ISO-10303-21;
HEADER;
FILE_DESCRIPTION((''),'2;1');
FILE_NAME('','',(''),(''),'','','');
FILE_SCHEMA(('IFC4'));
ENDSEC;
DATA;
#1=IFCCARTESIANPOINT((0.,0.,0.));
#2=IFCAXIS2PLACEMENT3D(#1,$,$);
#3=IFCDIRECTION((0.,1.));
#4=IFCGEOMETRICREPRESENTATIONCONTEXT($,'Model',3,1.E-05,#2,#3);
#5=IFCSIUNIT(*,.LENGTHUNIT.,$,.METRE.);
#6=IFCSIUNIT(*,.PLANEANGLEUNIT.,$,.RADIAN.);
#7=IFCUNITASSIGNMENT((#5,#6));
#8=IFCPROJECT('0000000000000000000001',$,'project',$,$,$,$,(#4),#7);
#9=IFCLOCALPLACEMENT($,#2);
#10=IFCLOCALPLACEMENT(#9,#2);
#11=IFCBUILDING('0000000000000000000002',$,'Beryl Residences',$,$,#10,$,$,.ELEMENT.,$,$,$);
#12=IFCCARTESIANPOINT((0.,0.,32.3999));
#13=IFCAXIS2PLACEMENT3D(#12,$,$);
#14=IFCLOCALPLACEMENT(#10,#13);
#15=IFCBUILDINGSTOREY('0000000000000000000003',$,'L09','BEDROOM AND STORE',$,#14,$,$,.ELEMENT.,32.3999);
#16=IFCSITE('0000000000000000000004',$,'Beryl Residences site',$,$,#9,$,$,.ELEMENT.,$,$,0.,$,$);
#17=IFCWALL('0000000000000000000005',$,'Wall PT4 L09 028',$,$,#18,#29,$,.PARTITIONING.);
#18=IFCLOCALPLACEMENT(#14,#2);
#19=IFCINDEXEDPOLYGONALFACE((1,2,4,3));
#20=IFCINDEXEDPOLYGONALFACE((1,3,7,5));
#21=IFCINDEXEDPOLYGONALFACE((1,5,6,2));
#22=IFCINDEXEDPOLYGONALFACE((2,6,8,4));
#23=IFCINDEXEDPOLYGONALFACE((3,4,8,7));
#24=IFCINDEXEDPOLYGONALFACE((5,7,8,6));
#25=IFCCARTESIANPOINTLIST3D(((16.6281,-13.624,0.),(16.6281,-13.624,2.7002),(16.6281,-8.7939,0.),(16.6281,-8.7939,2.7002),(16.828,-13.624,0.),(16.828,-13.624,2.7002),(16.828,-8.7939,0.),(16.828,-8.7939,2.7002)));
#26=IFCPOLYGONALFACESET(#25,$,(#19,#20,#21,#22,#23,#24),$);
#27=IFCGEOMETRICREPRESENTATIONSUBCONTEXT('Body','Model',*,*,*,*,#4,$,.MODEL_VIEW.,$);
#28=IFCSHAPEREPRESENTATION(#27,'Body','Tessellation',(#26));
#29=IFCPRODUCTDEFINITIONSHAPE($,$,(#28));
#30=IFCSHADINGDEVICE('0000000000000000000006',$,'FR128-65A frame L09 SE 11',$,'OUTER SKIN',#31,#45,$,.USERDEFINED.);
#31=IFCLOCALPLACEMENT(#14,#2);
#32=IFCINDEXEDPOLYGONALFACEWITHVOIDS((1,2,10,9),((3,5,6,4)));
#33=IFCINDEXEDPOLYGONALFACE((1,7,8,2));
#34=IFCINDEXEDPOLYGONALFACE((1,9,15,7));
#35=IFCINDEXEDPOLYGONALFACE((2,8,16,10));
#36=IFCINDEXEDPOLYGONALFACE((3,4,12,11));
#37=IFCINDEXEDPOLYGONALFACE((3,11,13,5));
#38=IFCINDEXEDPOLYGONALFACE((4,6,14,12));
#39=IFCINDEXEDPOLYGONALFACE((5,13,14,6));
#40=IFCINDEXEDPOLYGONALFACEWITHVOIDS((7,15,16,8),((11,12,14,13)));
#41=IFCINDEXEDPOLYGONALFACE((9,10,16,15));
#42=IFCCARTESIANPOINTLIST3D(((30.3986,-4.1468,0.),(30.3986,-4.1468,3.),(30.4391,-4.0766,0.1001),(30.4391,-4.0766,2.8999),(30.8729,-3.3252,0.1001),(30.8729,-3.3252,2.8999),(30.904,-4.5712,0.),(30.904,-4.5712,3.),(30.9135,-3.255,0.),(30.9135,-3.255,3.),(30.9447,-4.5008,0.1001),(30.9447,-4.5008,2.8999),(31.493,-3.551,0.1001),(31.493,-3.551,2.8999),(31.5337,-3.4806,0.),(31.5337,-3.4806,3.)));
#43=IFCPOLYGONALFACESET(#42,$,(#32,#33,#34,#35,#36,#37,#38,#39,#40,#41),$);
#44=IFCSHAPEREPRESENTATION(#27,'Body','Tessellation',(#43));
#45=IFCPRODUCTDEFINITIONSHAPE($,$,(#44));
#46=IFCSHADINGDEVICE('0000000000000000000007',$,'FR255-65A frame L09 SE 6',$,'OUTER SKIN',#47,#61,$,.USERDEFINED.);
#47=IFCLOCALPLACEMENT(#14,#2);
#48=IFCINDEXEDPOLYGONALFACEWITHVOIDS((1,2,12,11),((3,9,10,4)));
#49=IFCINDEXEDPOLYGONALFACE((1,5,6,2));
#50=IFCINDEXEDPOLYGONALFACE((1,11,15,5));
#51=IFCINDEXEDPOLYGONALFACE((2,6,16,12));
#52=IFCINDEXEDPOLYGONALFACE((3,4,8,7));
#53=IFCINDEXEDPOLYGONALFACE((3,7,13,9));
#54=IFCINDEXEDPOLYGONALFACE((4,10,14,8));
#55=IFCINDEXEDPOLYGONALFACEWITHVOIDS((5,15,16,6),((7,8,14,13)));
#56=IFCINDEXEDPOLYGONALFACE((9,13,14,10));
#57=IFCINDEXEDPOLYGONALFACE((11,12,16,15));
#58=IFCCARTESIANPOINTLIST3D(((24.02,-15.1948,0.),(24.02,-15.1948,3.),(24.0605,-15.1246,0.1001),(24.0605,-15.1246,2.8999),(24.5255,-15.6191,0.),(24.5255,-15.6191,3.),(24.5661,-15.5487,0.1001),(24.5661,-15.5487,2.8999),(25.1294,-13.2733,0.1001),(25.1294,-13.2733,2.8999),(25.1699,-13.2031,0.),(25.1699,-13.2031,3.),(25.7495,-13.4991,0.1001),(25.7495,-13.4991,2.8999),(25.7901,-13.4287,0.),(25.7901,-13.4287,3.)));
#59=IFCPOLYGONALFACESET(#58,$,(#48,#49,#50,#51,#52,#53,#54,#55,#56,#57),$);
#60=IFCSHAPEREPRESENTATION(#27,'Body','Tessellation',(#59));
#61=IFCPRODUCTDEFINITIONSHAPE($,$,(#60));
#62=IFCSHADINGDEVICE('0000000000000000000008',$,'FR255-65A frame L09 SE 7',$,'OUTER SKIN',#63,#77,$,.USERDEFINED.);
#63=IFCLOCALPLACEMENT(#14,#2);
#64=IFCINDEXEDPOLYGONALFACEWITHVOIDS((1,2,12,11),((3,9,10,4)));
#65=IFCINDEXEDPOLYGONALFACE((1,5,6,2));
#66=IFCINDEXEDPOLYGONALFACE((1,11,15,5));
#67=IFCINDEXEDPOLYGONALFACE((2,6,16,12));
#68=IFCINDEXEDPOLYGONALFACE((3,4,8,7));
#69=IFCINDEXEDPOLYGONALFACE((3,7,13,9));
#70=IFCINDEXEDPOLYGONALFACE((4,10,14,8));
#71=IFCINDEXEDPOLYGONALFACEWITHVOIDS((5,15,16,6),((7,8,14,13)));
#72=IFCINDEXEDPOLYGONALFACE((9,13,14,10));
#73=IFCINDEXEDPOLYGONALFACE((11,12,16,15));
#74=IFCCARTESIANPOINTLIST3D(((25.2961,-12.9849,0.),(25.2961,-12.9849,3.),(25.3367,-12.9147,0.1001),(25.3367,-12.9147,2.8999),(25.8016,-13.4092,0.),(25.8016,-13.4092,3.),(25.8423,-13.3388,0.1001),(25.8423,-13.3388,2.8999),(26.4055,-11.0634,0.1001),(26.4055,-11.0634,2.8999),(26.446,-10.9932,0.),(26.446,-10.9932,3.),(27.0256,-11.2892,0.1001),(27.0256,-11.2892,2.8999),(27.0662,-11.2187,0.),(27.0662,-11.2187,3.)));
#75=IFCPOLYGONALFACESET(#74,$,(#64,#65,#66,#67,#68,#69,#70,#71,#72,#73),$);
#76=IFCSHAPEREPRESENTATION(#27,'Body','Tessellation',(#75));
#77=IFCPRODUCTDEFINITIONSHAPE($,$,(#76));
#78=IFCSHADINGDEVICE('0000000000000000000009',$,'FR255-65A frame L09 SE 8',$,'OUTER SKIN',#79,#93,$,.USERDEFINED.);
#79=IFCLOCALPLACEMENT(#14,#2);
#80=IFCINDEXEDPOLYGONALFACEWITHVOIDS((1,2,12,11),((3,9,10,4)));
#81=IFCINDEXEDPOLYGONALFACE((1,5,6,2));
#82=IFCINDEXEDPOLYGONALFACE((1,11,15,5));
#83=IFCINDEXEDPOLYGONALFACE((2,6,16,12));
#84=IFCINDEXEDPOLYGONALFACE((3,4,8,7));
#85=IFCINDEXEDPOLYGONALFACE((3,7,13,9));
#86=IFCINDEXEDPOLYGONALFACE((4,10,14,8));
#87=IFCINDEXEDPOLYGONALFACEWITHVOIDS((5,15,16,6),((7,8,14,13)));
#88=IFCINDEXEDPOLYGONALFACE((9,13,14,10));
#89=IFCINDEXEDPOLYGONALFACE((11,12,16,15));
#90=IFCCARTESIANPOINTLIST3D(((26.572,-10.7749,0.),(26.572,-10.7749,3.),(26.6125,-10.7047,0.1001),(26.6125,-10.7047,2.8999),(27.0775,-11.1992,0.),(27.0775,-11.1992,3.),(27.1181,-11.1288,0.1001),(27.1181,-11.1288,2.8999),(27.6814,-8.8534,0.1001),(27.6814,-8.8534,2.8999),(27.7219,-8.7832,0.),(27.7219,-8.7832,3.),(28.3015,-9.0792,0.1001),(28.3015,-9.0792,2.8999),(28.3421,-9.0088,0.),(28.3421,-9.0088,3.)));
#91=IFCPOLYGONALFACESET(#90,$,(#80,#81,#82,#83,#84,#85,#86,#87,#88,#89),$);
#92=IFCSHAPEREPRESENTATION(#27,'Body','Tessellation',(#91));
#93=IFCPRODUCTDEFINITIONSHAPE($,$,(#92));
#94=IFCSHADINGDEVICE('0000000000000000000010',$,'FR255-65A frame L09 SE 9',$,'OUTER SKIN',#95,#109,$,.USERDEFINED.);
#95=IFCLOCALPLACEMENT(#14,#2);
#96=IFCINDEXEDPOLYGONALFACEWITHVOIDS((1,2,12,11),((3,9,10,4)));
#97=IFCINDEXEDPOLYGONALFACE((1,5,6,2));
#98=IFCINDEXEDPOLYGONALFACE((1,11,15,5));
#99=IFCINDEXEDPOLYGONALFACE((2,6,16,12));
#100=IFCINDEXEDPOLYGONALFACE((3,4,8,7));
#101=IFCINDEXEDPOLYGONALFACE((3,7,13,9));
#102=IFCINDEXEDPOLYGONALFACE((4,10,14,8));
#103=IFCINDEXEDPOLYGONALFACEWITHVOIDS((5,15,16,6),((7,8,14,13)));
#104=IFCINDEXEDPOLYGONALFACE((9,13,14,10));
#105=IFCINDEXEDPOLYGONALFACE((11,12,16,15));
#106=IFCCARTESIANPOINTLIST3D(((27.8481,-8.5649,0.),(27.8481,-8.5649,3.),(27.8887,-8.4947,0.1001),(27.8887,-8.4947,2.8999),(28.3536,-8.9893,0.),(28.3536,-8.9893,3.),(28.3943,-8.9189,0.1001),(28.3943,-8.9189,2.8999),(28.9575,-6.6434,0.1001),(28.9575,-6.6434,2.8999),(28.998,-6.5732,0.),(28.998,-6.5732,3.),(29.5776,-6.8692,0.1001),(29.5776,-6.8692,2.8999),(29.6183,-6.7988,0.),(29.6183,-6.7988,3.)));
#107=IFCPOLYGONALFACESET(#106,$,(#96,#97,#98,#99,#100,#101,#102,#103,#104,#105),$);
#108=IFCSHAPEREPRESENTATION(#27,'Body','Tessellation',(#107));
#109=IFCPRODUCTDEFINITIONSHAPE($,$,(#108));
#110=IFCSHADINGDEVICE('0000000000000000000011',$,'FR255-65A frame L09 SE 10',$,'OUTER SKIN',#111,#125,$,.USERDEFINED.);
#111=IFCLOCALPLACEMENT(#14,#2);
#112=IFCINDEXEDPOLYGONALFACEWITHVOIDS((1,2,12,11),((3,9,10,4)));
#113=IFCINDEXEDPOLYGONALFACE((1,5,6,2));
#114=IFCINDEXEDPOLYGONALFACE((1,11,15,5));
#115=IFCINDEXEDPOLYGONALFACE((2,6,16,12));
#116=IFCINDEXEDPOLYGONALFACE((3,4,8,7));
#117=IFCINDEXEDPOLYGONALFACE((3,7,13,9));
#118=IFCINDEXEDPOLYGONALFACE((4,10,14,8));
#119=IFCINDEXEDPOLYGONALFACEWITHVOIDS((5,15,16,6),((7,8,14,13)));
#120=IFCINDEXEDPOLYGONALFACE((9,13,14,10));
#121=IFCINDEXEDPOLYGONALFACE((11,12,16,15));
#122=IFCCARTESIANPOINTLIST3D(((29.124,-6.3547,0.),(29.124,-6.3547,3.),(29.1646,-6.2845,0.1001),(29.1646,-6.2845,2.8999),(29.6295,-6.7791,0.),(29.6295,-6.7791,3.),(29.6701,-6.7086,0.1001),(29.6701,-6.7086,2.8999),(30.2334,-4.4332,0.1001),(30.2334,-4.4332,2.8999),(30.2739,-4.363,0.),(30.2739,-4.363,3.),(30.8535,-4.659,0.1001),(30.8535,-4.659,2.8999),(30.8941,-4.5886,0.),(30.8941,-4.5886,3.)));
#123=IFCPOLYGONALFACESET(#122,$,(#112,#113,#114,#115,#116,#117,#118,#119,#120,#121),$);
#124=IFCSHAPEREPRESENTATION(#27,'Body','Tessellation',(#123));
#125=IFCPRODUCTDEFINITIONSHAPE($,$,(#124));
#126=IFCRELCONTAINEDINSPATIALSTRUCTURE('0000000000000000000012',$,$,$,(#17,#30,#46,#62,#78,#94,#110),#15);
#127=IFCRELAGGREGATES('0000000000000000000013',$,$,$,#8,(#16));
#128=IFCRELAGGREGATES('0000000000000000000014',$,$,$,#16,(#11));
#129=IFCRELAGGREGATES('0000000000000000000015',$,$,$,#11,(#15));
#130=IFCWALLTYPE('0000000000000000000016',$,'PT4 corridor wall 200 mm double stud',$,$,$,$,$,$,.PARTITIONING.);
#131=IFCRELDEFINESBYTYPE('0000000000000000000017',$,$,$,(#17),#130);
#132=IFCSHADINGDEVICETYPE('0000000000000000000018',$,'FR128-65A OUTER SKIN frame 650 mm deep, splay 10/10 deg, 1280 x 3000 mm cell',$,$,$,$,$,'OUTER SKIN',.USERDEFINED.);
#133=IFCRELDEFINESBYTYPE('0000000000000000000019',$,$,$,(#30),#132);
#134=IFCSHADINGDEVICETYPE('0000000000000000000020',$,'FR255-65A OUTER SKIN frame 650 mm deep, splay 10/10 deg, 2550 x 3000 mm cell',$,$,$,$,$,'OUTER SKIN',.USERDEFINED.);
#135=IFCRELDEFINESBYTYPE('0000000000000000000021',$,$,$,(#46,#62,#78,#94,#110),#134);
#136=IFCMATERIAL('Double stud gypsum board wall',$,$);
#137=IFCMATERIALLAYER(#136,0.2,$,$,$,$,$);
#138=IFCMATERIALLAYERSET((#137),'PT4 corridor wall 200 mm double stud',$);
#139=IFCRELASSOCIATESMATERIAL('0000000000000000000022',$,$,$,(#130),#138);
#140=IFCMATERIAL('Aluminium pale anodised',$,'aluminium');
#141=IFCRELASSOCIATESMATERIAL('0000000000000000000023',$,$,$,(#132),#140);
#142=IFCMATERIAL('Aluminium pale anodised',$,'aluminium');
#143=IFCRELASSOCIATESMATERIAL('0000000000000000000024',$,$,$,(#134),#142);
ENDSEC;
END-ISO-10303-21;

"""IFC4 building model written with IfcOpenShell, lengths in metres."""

from ifc_helpers import new_model, entity, si_unit, direction, frame, frame_2d, origin, place, context, subcontext, project, spatial, rectangle, extrude, source, transform, mapped, material, layer, layer_set, type_object, type_shapes, element, save


model = new_model("IFC4")

# Units and contexts
model_context = context("Model", 3, precision=1e-05, world=origin(), true_north=direction((0.0, 1.0)))
body_context = subcontext(model_context, "Body", "Model", "MODEL_VIEW")
ifc_project = project(units=[si_unit("LENGTHUNIT", "METRE"), si_unit("PLANEANGLEUNIT", "RADIAN")], contexts=[model_context])

# Site, building, storey
site_placement = place(None, origin())
site = spatial("IfcSite", under=ifc_project, at=site_placement, Name="Beryl Residences site", CompositionType="ELEMENT", RefElevation=0.0)
building_placement = place(site_placement, origin())
building = spatial("IfcBuilding", under=site, at=building_placement, Name="Beryl Residences", CompositionType="ELEMENT")
storey_placement = place(building_placement, frame((0.0, 0.0, 32.3999)))
storey = spatial("IfcBuildingStorey", under=building, at=storey_placement, Name="L09", Description="BEDROOM AND STORE", CompositionType="ELEMENT", Elevation=32.3999)

# Shared definitions
ifc_material_1 = material(Name="Double stud gypsum board wall")
ifc_layer_1 = layer(ifc_material_1, 0.2)
ifc_layer_set_1 = layer_set([ifc_layer_1], Name="PT4 corridor wall 200 mm double stud")
wall_type_1 = type_object("IfcWallType", Name="PT4 corridor wall 200 mm double stud", PredefinedType="PARTITIONING", material=ifc_layer_set_1)

# Wall
wall_1_placement = place(storey_placement, frame((16.728, -13.624, 0.0), z_axis=(0.0, 0.0, 1.0), x_axis=(0.0, 1.0, 0.0)))
element("IfcWall", 1, at=wall_1_placement, inside=storey, type_object=wall_type_1, Name="Wall PT4 L09 028", PredefinedType="PARTITIONING", context=body_context, shape_type="SweptSolid", body=[
    extrude(rectangle(XDim=4.8301, YDim=0.2, at=frame_2d((2.415, 0.0))), origin(), (0.0, 0.0, 1.0), 2.7002),
])

# Shading devices
ifc_material_2 = material(Name="Aluminium pale anodised", Category="aluminium")
shading_device_type_1 = type_object("IfcShadingDeviceType", Name="FR128-65A OUTER SKIN frame 650 mm deep, splay 10/10 deg, 1280 x 3000 mm cell", ElementType="OUTER SKIN", PredefinedType="USERDEFINED", material=ifc_material_2)
cartesian_point_1 = entity("IfcCartesianPoint", [-0.5149, 0.0])
cartesian_point_2 = entity("IfcCartesianPoint", [-0.4338, 0.1001])
cartesian_point_3 = entity("IfcCartesianPoint", [-0.6296, 0.0])
cartesian_point_4 = entity("IfcCartesianPoint", [-0.5483, 0.1001])
shared_shape_1 = source(origin(), body_context, "Body", "SweptSolid", [
    entity("IfcExtrudedAreaSolidTapered", entity("IfcArbitraryProfileDefWithVoids", "AREA", None, entity("IfcPolyline", [cartesian_point_1, entity("IfcCartesianPoint", [0.5149, 0.0]), entity("IfcCartesianPoint", [0.5149, 3.0]), entity("IfcCartesianPoint", [-0.5149, 3.0]), cartesian_point_1]), [entity("IfcPolyline", [cartesian_point_2, entity("IfcCartesianPoint", [0.4338, 0.1001]), entity("IfcCartesianPoint", [0.4338, 2.8999]), entity("IfcCartesianPoint", [-0.4338, 2.8999]), cartesian_point_2])]), entity("IfcAxis2Placement3D", entity("IfcCartesianPoint", [0.0, 0.0, 0.0]), entity("IfcDirection", [0.0, 1.0, 0.0]), entity("IfcDirection", [-1.0, 0.0, 0.0])), entity("IfcDirection", [0.0, 0.0, 1.0]), 0.6499, entity("IfcArbitraryProfileDefWithVoids", "AREA", None, entity("IfcPolyline", [cartesian_point_3, entity("IfcCartesianPoint", [0.6296, 0.0]), entity("IfcCartesianPoint", [0.6296, 3.0]), entity("IfcCartesianPoint", [-0.6296, 3.0]), cartesian_point_3]), [entity("IfcPolyline", [cartesian_point_4, entity("IfcCartesianPoint", [0.5483, 0.1001]), entity("IfcCartesianPoint", [0.5483, 2.8999]), entity("IfcCartesianPoint", [-0.5483, 2.8999]), cartesian_point_4])])),
])
type_shapes(shading_device_type_1, [shared_shape_1])
shading_device_placement = place(storey_placement, frame((30.656, -3.7009, 0.0), z_axis=(0.0, 0.0, 1.0), x_axis=(-0.5, -0.866025, 0.0)))
element("IfcShadingDevice", 2, at=shading_device_placement, inside=storey, type_object=shading_device_type_1, Name="FR128-65A frame L09 SE 11", ObjectType="OUTER SKIN", PredefinedType="USERDEFINED", context=body_context, shape_type="MappedRepresentation", body=[
    mapped(shared_shape_1, transform((0.0, 0.0, 0.0))),
])
ifc_material_3 = material(Name="Aluminium pale anodised", Category="aluminium")
shading_device_type_2 = type_object("IfcShadingDeviceType", Name="FR255-65A OUTER SKIN frame 650 mm deep, splay 10/10 deg, 2550 x 3000 mm cell", ElementType="OUTER SKIN", PredefinedType="USERDEFINED", material=ifc_material_3)
cartesian_point_5 = entity("IfcCartesianPoint", [-1.1499, 0.0])
cartesian_point_6 = entity("IfcCartesianPoint", [-1.0688, 0.1001])
cartesian_point_7 = entity("IfcCartesianPoint", [-1.2646, 0.0])
cartesian_point_8 = entity("IfcCartesianPoint", [-1.1833, 0.1001])
shared_shape_2 = source(origin(), body_context, "Body", "SweptSolid", [
    entity("IfcExtrudedAreaSolidTapered", entity("IfcArbitraryProfileDefWithVoids", "AREA", None, entity("IfcPolyline", [cartesian_point_5, entity("IfcCartesianPoint", [1.1499, 0.0]), entity("IfcCartesianPoint", [1.1499, 3.0]), entity("IfcCartesianPoint", [-1.1499, 3.0]), cartesian_point_5]), [entity("IfcPolyline", [cartesian_point_6, entity("IfcCartesianPoint", [1.0688, 0.1001]), entity("IfcCartesianPoint", [1.0688, 2.8999]), entity("IfcCartesianPoint", [-1.0688, 2.8999]), cartesian_point_6])]), entity("IfcAxis2Placement3D", entity("IfcCartesianPoint", [0.0, 0.0, 0.0]), entity("IfcDirection", [0.0, 1.0, 0.0]), entity("IfcDirection", [-1.0, 0.0, 0.0])), entity("IfcDirection", [0.0, 0.0, 1.0]), 0.6499, entity("IfcArbitraryProfileDefWithVoids", "AREA", None, entity("IfcPolyline", [cartesian_point_7, entity("IfcCartesianPoint", [1.2646, 0.0]), entity("IfcCartesianPoint", [1.2646, 3.0]), entity("IfcCartesianPoint", [-1.2646, 3.0]), cartesian_point_7]), [entity("IfcPolyline", [cartesian_point_8, entity("IfcCartesianPoint", [1.1833, 0.1001]), entity("IfcCartesianPoint", [1.1833, 2.8999]), entity("IfcCartesianPoint", [-1.1833, 2.8999]), cartesian_point_8])])),
])
type_shapes(shading_device_type_2, [shared_shape_2])
for number, where, z_axis, x_axis, name in (
    (3, (24.595, -14.199, 0.0), (0.0, 0.0, 1.0), (-0.5, -0.866025, 0.0), "FR255-65A frame L09 SE 6"),
    (4, (25.8711, -11.989, 0.0), (0.0, 0.0, 1.0), (-0.5, -0.866025, 0.0), "FR255-65A frame L09 SE 7"),
    (5, (27.147, -9.7791, 0.0), (0.0, 0.0, 1.0), (-0.5, -0.866025, 0.0), "FR255-65A frame L09 SE 8"),
    (6, (28.4231, -7.5691, 0.0), (0.0, 0.0, 1.0), (-0.5, -0.866025, 0.0), "FR255-65A frame L09 SE 9"),
    (7, (29.699, -5.3589, 0.0), (0.0, 0.0, 1.0), (-0.5, -0.866025, 0.0), "FR255-65A frame L09 SE 10"),
):
    element("IfcShadingDevice", number, at=place(storey_placement, frame(where, z_axis=z_axis, x_axis=x_axis)), inside=storey, type_object=shading_device_type_2, Name=name, ObjectType="OUTER SKIN", PredefinedType="USERDEFINED", context=body_context, shape_type="MappedRepresentation", body=[
        mapped(shared_shape_2, transform((0.0, 0.0, 0.0))),
    ])

save(model, "model.ifc")
